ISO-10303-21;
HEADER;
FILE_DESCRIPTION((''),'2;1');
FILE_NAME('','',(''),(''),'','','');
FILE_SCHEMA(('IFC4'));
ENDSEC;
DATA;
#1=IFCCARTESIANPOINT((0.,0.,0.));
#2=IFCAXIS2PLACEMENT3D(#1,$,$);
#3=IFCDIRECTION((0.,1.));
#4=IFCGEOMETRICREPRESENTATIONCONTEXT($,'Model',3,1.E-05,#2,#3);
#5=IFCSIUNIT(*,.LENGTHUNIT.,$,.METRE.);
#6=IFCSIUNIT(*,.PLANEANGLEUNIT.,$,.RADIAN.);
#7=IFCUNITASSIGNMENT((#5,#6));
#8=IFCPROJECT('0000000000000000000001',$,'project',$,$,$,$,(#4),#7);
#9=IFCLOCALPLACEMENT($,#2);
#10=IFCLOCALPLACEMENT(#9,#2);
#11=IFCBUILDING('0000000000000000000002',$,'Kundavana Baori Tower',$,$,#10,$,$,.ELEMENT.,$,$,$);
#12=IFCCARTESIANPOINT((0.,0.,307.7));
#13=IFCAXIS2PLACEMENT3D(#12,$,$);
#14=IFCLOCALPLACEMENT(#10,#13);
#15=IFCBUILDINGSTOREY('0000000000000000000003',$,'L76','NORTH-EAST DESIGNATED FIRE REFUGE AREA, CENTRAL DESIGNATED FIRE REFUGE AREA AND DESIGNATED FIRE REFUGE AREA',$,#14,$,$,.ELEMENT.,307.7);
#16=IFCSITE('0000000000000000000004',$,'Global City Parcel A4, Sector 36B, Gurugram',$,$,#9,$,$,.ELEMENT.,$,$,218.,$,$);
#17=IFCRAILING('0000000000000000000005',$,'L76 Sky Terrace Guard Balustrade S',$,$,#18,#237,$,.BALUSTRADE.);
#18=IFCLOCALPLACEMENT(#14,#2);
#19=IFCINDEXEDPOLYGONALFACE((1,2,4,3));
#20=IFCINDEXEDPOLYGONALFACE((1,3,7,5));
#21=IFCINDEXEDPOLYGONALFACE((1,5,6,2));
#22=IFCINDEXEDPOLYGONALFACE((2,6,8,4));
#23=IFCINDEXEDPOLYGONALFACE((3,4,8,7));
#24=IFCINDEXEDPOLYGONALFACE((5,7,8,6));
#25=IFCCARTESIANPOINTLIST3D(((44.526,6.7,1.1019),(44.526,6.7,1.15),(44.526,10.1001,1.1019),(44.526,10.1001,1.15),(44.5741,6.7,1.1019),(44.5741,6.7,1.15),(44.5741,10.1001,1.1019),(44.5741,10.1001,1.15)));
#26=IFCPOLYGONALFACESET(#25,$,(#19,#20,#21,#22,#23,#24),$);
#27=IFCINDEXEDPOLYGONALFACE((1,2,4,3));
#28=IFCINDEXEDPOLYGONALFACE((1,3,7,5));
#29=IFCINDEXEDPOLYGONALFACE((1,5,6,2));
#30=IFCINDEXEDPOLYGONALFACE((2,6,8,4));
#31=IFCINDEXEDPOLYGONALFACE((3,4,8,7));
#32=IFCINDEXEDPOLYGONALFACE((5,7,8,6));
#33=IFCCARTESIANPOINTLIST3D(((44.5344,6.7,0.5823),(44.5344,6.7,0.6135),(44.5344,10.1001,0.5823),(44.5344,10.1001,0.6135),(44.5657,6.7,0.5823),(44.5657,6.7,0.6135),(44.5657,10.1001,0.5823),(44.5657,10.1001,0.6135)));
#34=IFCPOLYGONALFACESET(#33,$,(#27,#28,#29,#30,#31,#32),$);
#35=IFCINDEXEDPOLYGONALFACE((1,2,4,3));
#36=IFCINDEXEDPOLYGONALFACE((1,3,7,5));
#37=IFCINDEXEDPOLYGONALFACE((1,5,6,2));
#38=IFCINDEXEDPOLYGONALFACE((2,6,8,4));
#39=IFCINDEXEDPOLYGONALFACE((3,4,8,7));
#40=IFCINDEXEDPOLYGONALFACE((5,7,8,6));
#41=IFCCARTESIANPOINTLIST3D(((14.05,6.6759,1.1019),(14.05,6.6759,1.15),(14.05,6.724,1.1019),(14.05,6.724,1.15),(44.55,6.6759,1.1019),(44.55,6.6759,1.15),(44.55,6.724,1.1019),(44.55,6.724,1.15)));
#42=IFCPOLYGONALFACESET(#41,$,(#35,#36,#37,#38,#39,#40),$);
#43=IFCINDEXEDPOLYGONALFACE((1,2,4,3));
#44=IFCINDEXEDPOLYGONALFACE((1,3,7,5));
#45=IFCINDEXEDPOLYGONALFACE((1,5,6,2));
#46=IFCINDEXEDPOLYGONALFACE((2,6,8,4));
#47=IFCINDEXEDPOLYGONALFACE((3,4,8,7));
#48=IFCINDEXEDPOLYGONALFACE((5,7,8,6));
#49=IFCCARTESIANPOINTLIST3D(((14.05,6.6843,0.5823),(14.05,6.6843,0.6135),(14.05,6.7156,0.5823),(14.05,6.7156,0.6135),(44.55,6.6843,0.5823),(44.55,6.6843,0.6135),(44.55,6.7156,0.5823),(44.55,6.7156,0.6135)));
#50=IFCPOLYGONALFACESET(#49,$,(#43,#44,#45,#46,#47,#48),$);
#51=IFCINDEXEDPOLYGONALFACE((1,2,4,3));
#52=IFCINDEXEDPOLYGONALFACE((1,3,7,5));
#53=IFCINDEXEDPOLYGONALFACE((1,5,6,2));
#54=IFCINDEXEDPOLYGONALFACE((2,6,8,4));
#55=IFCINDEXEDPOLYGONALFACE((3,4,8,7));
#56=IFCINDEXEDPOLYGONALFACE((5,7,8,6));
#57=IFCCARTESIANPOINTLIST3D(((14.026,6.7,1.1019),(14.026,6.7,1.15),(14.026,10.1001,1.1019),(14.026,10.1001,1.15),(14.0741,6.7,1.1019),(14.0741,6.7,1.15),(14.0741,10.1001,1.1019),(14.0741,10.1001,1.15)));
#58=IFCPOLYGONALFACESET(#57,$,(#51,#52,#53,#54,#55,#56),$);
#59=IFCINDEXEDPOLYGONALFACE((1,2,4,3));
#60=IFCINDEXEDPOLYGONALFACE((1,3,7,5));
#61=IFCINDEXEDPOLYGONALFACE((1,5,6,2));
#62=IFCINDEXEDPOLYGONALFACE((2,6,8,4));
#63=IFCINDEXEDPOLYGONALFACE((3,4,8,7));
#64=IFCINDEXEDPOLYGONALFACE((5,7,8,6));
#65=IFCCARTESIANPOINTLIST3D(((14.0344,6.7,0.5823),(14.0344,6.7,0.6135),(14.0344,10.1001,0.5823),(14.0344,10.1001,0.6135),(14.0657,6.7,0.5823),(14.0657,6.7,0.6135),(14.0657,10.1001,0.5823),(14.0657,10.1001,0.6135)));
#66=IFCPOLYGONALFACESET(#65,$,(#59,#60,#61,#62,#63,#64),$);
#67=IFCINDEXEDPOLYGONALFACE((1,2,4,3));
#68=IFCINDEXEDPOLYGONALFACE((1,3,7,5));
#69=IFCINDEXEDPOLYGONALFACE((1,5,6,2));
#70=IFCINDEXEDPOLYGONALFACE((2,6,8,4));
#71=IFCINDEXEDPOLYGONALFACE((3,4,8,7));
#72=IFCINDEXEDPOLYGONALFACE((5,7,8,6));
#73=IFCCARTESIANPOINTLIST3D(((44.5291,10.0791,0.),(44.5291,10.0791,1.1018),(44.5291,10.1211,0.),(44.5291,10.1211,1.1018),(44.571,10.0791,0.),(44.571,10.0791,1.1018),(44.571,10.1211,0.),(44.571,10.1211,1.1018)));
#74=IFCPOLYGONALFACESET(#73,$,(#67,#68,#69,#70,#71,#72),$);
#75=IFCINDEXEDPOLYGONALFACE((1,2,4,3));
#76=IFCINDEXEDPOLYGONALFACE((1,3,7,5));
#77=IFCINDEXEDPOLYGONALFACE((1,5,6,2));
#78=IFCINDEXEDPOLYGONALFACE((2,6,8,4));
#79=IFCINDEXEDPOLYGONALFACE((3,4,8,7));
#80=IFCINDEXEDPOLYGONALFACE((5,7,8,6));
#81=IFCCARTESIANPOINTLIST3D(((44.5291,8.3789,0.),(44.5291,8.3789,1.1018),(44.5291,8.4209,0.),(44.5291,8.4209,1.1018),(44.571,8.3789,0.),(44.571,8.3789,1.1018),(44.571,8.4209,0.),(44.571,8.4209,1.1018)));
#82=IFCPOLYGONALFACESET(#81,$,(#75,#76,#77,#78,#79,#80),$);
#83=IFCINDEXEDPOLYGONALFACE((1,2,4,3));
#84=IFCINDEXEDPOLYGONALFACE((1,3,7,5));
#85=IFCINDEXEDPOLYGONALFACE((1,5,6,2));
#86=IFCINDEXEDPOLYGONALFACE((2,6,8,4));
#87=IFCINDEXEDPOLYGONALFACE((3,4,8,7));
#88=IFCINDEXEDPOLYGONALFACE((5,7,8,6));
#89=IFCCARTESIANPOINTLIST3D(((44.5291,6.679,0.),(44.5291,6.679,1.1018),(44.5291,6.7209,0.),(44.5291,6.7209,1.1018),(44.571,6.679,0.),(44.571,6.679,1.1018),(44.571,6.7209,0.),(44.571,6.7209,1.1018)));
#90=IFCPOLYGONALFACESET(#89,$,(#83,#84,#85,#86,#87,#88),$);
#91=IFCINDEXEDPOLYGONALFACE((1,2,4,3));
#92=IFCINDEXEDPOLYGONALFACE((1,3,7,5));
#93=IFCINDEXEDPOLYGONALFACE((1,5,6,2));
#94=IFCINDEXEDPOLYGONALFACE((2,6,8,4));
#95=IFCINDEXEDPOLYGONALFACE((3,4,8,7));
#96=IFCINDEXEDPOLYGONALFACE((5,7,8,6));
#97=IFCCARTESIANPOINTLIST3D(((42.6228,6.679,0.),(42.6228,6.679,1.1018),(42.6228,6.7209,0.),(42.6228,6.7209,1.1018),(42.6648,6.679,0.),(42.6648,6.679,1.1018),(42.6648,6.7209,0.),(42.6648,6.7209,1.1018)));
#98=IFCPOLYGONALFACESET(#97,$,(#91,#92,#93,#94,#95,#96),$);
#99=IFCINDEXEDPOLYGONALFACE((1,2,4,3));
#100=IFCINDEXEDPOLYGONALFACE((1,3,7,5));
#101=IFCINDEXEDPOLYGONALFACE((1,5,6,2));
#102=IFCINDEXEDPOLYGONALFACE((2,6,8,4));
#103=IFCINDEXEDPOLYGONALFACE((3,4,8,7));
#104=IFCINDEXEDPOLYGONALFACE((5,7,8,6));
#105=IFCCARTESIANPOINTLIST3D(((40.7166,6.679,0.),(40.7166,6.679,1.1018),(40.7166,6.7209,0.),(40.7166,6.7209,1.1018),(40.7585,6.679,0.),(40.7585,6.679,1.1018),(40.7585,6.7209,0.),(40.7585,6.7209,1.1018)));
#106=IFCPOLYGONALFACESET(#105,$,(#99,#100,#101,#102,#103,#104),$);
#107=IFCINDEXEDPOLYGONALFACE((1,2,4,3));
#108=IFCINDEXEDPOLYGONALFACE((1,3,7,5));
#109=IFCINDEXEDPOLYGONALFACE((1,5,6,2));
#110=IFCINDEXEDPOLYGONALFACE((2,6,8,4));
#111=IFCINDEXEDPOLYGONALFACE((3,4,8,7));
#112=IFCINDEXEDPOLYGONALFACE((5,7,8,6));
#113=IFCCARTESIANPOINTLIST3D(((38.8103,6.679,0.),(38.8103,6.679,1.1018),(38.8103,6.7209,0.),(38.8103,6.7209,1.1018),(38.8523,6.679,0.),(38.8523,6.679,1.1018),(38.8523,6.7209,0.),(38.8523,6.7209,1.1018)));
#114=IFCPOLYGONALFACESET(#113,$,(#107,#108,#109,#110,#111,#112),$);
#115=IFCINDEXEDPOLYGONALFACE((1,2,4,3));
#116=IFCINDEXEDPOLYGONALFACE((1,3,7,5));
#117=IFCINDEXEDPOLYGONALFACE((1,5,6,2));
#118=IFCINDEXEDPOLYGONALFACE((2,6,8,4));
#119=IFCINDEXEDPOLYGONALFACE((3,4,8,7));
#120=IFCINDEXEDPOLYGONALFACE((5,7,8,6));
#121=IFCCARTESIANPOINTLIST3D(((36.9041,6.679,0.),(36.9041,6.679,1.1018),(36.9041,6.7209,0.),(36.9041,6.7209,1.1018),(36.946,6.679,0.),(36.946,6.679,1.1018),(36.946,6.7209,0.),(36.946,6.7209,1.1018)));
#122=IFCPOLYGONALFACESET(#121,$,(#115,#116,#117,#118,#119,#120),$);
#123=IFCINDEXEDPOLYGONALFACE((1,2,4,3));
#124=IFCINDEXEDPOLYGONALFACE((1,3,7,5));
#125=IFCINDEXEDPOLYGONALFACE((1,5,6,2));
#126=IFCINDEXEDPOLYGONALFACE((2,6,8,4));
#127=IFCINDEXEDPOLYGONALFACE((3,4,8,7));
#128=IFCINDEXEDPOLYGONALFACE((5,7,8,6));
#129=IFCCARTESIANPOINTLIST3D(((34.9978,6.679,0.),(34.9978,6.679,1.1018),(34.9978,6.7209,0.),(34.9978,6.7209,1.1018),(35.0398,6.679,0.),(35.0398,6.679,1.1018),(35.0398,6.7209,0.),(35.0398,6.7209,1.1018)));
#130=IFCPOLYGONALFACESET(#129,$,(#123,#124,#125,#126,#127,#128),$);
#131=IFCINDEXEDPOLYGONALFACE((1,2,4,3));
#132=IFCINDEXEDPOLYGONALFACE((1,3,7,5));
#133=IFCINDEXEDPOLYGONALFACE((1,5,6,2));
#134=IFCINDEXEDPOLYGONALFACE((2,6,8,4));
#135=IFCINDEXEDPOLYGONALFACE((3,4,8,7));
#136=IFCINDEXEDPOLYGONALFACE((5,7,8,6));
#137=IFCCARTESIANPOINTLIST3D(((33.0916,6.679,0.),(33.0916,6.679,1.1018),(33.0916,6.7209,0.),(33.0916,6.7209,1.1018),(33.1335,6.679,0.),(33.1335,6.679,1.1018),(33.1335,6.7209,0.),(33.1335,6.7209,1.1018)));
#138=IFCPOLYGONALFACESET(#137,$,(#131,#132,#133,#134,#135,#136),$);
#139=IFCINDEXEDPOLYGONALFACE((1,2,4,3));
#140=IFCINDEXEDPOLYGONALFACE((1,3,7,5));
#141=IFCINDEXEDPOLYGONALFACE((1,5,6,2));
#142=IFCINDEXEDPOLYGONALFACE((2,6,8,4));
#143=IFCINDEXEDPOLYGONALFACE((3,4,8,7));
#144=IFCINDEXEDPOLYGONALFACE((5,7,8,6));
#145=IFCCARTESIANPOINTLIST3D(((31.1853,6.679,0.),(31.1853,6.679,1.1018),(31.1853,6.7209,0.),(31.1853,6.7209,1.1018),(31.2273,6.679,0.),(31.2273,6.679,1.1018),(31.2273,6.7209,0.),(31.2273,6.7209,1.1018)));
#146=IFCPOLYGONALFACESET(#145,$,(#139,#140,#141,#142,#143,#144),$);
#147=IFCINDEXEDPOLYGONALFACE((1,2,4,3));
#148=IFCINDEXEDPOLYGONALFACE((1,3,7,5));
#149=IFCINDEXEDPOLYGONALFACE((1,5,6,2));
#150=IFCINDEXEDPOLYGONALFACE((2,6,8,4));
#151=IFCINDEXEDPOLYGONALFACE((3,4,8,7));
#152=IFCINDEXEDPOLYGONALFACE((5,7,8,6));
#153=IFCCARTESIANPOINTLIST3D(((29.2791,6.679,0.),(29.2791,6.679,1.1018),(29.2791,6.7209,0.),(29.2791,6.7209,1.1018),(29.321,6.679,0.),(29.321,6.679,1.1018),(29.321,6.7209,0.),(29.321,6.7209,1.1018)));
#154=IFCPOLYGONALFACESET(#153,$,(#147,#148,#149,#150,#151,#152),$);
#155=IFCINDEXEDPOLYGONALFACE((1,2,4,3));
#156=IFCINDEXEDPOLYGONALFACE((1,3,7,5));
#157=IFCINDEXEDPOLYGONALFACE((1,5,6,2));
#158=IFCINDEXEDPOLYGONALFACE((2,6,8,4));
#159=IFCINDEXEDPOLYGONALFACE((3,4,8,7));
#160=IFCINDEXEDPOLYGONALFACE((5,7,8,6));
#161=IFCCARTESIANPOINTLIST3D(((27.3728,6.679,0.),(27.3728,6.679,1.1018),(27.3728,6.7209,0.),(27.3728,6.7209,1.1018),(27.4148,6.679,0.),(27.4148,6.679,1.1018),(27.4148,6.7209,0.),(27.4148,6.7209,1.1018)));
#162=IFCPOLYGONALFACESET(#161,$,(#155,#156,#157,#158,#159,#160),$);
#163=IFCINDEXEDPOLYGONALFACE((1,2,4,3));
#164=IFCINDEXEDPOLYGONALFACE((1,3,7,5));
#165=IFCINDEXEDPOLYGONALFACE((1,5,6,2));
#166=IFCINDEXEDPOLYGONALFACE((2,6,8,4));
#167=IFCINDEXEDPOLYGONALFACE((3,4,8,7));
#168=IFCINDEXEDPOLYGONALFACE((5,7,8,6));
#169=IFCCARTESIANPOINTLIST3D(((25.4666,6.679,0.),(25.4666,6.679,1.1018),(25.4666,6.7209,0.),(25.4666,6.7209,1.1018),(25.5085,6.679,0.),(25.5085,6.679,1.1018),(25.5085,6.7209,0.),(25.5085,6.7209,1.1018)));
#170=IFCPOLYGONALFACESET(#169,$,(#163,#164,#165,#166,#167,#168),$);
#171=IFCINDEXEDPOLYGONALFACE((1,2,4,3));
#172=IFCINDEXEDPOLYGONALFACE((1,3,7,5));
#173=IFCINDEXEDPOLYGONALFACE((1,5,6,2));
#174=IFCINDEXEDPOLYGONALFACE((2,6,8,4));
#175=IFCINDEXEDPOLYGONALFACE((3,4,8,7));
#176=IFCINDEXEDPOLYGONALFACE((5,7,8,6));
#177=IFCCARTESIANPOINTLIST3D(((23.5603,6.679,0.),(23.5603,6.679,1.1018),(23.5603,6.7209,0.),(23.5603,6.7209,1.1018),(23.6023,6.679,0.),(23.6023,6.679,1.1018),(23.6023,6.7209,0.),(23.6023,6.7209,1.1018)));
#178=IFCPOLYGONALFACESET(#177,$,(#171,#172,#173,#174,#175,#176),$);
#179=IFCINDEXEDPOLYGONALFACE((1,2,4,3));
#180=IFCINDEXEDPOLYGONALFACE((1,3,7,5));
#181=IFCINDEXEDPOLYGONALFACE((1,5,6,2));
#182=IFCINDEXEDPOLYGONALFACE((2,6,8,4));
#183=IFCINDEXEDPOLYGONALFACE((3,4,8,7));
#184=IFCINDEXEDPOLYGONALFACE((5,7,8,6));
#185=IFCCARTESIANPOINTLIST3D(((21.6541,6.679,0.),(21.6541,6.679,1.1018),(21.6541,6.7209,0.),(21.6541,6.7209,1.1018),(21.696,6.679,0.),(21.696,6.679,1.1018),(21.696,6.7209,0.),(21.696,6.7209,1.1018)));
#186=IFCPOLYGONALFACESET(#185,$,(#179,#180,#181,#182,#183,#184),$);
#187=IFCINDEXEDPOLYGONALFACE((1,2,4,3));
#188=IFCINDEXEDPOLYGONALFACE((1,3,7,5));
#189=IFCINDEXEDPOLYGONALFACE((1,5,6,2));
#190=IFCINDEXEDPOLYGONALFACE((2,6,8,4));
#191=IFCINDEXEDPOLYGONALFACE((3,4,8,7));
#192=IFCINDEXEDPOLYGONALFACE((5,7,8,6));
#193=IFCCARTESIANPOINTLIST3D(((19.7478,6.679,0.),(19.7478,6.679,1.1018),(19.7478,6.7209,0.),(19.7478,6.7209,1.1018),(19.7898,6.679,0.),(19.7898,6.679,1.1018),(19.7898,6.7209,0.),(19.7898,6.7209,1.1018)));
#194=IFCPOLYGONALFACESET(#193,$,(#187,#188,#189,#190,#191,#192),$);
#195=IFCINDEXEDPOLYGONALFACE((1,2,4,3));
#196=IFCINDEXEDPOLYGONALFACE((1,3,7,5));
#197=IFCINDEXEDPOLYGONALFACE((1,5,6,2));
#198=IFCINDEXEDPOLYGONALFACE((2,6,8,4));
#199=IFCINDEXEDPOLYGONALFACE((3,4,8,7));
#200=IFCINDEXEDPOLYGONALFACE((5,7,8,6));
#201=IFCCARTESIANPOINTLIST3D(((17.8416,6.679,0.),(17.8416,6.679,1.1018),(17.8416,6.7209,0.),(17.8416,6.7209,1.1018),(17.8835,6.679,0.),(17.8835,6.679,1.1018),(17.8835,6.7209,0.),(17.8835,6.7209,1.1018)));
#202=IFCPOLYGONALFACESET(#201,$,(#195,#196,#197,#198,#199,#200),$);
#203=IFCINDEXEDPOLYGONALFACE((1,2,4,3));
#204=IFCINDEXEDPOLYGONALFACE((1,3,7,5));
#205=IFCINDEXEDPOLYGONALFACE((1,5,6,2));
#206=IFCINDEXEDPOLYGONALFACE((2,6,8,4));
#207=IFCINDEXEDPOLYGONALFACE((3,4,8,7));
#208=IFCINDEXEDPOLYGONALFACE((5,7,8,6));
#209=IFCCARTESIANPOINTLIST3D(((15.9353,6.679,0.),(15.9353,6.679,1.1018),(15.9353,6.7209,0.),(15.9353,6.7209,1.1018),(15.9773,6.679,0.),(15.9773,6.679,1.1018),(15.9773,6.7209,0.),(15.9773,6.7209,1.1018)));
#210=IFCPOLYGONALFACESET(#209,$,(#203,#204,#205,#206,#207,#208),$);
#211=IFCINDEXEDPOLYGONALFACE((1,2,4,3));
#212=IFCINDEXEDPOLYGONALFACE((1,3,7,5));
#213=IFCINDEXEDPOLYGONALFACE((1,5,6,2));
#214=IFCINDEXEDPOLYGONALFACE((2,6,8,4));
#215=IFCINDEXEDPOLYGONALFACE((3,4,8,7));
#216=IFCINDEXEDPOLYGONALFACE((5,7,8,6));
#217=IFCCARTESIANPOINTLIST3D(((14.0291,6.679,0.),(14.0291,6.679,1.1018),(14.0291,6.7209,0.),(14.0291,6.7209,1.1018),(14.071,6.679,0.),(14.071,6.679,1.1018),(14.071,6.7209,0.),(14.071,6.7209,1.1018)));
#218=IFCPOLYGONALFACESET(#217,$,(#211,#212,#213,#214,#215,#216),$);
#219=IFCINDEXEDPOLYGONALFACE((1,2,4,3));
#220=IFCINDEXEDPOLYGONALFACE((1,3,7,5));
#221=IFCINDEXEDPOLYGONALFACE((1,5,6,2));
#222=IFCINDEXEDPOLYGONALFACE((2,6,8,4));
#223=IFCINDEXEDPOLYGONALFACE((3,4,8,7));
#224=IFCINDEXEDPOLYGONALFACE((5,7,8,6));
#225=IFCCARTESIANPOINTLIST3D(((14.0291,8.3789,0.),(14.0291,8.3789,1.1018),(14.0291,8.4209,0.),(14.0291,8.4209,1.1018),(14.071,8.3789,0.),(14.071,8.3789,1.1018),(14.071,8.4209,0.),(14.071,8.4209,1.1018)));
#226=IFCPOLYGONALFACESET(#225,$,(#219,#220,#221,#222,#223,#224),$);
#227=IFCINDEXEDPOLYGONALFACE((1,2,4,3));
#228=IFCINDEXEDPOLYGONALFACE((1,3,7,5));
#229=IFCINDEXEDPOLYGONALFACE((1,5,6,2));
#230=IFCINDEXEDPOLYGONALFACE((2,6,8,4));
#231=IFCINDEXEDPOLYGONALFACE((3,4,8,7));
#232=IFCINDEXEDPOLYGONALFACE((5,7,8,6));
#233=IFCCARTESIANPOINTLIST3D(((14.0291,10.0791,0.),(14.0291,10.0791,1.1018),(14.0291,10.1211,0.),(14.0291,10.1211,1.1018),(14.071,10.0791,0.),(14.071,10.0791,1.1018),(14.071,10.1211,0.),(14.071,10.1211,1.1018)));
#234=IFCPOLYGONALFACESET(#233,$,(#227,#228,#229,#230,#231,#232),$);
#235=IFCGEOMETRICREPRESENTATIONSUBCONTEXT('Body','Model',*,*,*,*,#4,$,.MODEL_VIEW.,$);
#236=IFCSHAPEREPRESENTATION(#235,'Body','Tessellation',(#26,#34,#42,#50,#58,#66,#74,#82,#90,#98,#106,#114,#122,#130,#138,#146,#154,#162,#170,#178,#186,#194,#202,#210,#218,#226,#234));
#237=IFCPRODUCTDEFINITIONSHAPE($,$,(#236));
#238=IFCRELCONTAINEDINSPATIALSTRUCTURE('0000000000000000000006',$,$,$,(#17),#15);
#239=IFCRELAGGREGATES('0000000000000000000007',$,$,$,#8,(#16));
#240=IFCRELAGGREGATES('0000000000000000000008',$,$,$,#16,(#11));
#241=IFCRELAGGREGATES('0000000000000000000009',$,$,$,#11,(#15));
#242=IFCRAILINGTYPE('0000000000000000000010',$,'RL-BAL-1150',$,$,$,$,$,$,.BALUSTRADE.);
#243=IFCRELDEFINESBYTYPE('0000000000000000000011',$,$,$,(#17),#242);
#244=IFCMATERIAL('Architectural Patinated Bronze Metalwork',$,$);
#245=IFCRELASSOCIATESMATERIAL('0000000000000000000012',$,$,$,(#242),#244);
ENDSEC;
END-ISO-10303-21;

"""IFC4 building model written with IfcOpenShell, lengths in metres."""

from ifc_helpers import new_model, si_unit, direction, frame, origin, origin_2d, place, context, subcontext, project, spatial, rectangle, extrude, material, type_object, element, save


model = new_model("IFC4")

# Units and contexts
model_context = context("Model", 3, precision=1e-05, world=origin(), true_north=direction((0.0, 1.0)))
body_context = subcontext(model_context, "Body", "Model", "MODEL_VIEW")
ifc_project = project(units=[si_unit("LENGTHUNIT", "METRE"), si_unit("PLANEANGLEUNIT", "RADIAN")], contexts=[model_context])

# Site, building, storey
site_placement = place(None, origin())
site = spatial("IfcSite", under=ifc_project, at=site_placement, Name="Global City Parcel A4, Sector 36B, Gurugram", CompositionType="ELEMENT", RefElevation=218.0)
building_placement = place(site_placement, origin())
building = spatial("IfcBuilding", under=site, at=building_placement, Name="Kundavana Baori Tower", CompositionType="ELEMENT")
storey_placement = place(building_placement, frame((0.0, 0.0, 307.7)))
storey = spatial("IfcBuildingStorey", under=building, at=storey_placement, Name="L76", Description="NORTH-EAST DESIGNATED FIRE REFUGE AREA, CENTRAL DESIGNATED FIRE REFUGE AREA AND DESIGNATED FIRE REFUGE AREA", CompositionType="ELEMENT", Elevation=307.7)

# Railing
ifc_material_1 = material(Name="Architectural Patinated Bronze Metalwork")
railing_type = type_object("IfcRailingType", Name="RL-BAL-1150", PredefinedType="BALUSTRADE", material=ifc_material_1)
railing_placement = place(storey_placement, frame((44.55, 10.1001, 0.0)))
element("IfcRailing", 1, at=railing_placement, inside=storey, type_object=railing_type, Name="L76 Sky Terrace Guard Balustrade S", PredefinedType="BALUSTRADE", context=body_context, shape_type="SweptSolid", body=[
    extrude(rectangle(XDim=0.0481, YDim=0.0481, at=origin_2d()), frame((0.0, 0.0, 1.126), z_axis=(0.0, -1.0, 0.0), x_axis=(1.0, 0.0, 0.0)), (0.0, 0.0, 1.0), 3.4001),
    extrude(rectangle(XDim=0.0312, YDim=0.0312, at=origin_2d()), frame((0.0, 0.0, 0.5979), z_axis=(0.0, -1.0, 0.0), x_axis=(1.0, 0.0, 0.0)), (0.0, 0.0, 1.0), 3.4001),
    extrude(rectangle(XDim=0.0481, YDim=0.0481, at=origin_2d()), frame((0.0, -3.4001, 1.126), z_axis=(-1.0, 0.0, 0.0), x_axis=(0.0, -1.0, 0.0)), (0.0, 0.0, 1.0), 30.5),
    extrude(rectangle(XDim=0.0312, YDim=0.0312, at=origin_2d()), frame((0.0, -3.4001, 0.5979), z_axis=(-1.0, 0.0, 0.0), x_axis=(0.0, -1.0, 0.0)), (0.0, 0.0, 1.0), 30.5),
    extrude(rectangle(XDim=0.0481, YDim=0.0481, at=origin_2d()), frame((-30.5, -3.4001, 1.126), z_axis=(0.0, 1.0, 0.0), x_axis=(-1.0, 0.0, 0.0)), (0.0, 0.0, 1.0), 3.4001),
    extrude(rectangle(XDim=0.0312, YDim=0.0312, at=origin_2d()), frame((-30.5, -3.4001, 0.5979), z_axis=(0.0, 1.0, 0.0), x_axis=(-1.0, 0.0, 0.0)), (0.0, 0.0, 1.0), 3.4001),
    extrude(rectangle(XDim=0.042, YDim=0.042, at=origin_2d()), origin(), (0.0, 0.0, 1.0), 1.1018),
    extrude(rectangle(XDim=0.042, YDim=0.042, at=origin_2d()), frame((0.0, -1.7002, 0.0)), (0.0, 0.0, 1.0), 1.1018),
    extrude(rectangle(XDim=0.042, YDim=0.042, at=origin_2d()), frame((0.0, -3.4001, 0.0)), (0.0, 0.0, 1.0), 1.1018),
    extrude(rectangle(XDim=0.042, YDim=0.042, at=origin_2d()), frame((-1.9062, -3.4001, 0.0)), (0.0, 0.0, 1.0), 1.1018),
    extrude(rectangle(XDim=0.042, YDim=0.042, at=origin_2d()), frame((-3.8125, -3.4001, 0.0)), (0.0, 0.0, 1.0), 1.1018),
    extrude(rectangle(XDim=0.042, YDim=0.042, at=origin_2d()), frame((-5.7188, -3.4001, 0.0)), (0.0, 0.0, 1.0), 1.1018),
    extrude(rectangle(XDim=0.042, YDim=0.042, at=origin_2d()), frame((-7.625, -3.4001, 0.0)), (0.0, 0.0, 1.0), 1.1018),
    extrude(rectangle(XDim=0.042, YDim=0.042, at=origin_2d()), frame((-9.5312, -3.4001, 0.0)), (0.0, 0.0, 1.0), 1.1018),
    extrude(rectangle(XDim=0.042, YDim=0.042, at=origin_2d()), frame((-11.4375, -3.4001, 0.0)), (0.0, 0.0, 1.0), 1.1018),
    extrude(rectangle(XDim=0.042, YDim=0.042, at=origin_2d()), frame((-13.3438, -3.4001, 0.0)), (0.0, 0.0, 1.0), 1.1018),
    extrude(rectangle(XDim=0.042, YDim=0.042, at=origin_2d()), frame((-15.25, -3.4001, 0.0)), (0.0, 0.0, 1.0), 1.1018),
    extrude(rectangle(XDim=0.042, YDim=0.042, at=origin_2d()), frame((-17.1562, -3.4001, 0.0)), (0.0, 0.0, 1.0), 1.1018),
    extrude(rectangle(XDim=0.042, YDim=0.042, at=origin_2d()), frame((-19.0625, -3.4001, 0.0)), (0.0, 0.0, 1.0), 1.1018),
    extrude(rectangle(XDim=0.042, YDim=0.042, at=origin_2d()), frame((-20.9688, -3.4001, 0.0)), (0.0, 0.0, 1.0), 1.1018),
    extrude(rectangle(XDim=0.042, YDim=0.042, at=origin_2d()), frame((-22.875, -3.4001, 0.0)), (0.0, 0.0, 1.0), 1.1018),
    extrude(rectangle(XDim=0.042, YDim=0.042, at=origin_2d()), frame((-24.7812, -3.4001, 0.0)), (0.0, 0.0, 1.0), 1.1018),
    extrude(rectangle(XDim=0.042, YDim=0.042, at=origin_2d()), frame((-26.6875, -3.4001, 0.0)), (0.0, 0.0, 1.0), 1.1018),
    extrude(rectangle(XDim=0.042, YDim=0.042, at=origin_2d()), frame((-28.5938, -3.4001, 0.0)), (0.0, 0.0, 1.0), 1.1018),
    extrude(rectangle(XDim=0.042, YDim=0.042, at=origin_2d()), frame((-30.5, -3.4001, 0.0)), (0.0, 0.0, 1.0), 1.1018),
    extrude(rectangle(XDim=0.042, YDim=0.042, at=origin_2d()), frame((-30.5, -1.7002, 0.0)), (0.0, 0.0, 1.0), 1.1018),
    extrude(rectangle(XDim=0.042, YDim=0.042, at=origin_2d()), frame((-30.5, 0.0, 0.0)), (0.0, 0.0, 1.0), 1.1018),
])

save(model, "model.ifc")
